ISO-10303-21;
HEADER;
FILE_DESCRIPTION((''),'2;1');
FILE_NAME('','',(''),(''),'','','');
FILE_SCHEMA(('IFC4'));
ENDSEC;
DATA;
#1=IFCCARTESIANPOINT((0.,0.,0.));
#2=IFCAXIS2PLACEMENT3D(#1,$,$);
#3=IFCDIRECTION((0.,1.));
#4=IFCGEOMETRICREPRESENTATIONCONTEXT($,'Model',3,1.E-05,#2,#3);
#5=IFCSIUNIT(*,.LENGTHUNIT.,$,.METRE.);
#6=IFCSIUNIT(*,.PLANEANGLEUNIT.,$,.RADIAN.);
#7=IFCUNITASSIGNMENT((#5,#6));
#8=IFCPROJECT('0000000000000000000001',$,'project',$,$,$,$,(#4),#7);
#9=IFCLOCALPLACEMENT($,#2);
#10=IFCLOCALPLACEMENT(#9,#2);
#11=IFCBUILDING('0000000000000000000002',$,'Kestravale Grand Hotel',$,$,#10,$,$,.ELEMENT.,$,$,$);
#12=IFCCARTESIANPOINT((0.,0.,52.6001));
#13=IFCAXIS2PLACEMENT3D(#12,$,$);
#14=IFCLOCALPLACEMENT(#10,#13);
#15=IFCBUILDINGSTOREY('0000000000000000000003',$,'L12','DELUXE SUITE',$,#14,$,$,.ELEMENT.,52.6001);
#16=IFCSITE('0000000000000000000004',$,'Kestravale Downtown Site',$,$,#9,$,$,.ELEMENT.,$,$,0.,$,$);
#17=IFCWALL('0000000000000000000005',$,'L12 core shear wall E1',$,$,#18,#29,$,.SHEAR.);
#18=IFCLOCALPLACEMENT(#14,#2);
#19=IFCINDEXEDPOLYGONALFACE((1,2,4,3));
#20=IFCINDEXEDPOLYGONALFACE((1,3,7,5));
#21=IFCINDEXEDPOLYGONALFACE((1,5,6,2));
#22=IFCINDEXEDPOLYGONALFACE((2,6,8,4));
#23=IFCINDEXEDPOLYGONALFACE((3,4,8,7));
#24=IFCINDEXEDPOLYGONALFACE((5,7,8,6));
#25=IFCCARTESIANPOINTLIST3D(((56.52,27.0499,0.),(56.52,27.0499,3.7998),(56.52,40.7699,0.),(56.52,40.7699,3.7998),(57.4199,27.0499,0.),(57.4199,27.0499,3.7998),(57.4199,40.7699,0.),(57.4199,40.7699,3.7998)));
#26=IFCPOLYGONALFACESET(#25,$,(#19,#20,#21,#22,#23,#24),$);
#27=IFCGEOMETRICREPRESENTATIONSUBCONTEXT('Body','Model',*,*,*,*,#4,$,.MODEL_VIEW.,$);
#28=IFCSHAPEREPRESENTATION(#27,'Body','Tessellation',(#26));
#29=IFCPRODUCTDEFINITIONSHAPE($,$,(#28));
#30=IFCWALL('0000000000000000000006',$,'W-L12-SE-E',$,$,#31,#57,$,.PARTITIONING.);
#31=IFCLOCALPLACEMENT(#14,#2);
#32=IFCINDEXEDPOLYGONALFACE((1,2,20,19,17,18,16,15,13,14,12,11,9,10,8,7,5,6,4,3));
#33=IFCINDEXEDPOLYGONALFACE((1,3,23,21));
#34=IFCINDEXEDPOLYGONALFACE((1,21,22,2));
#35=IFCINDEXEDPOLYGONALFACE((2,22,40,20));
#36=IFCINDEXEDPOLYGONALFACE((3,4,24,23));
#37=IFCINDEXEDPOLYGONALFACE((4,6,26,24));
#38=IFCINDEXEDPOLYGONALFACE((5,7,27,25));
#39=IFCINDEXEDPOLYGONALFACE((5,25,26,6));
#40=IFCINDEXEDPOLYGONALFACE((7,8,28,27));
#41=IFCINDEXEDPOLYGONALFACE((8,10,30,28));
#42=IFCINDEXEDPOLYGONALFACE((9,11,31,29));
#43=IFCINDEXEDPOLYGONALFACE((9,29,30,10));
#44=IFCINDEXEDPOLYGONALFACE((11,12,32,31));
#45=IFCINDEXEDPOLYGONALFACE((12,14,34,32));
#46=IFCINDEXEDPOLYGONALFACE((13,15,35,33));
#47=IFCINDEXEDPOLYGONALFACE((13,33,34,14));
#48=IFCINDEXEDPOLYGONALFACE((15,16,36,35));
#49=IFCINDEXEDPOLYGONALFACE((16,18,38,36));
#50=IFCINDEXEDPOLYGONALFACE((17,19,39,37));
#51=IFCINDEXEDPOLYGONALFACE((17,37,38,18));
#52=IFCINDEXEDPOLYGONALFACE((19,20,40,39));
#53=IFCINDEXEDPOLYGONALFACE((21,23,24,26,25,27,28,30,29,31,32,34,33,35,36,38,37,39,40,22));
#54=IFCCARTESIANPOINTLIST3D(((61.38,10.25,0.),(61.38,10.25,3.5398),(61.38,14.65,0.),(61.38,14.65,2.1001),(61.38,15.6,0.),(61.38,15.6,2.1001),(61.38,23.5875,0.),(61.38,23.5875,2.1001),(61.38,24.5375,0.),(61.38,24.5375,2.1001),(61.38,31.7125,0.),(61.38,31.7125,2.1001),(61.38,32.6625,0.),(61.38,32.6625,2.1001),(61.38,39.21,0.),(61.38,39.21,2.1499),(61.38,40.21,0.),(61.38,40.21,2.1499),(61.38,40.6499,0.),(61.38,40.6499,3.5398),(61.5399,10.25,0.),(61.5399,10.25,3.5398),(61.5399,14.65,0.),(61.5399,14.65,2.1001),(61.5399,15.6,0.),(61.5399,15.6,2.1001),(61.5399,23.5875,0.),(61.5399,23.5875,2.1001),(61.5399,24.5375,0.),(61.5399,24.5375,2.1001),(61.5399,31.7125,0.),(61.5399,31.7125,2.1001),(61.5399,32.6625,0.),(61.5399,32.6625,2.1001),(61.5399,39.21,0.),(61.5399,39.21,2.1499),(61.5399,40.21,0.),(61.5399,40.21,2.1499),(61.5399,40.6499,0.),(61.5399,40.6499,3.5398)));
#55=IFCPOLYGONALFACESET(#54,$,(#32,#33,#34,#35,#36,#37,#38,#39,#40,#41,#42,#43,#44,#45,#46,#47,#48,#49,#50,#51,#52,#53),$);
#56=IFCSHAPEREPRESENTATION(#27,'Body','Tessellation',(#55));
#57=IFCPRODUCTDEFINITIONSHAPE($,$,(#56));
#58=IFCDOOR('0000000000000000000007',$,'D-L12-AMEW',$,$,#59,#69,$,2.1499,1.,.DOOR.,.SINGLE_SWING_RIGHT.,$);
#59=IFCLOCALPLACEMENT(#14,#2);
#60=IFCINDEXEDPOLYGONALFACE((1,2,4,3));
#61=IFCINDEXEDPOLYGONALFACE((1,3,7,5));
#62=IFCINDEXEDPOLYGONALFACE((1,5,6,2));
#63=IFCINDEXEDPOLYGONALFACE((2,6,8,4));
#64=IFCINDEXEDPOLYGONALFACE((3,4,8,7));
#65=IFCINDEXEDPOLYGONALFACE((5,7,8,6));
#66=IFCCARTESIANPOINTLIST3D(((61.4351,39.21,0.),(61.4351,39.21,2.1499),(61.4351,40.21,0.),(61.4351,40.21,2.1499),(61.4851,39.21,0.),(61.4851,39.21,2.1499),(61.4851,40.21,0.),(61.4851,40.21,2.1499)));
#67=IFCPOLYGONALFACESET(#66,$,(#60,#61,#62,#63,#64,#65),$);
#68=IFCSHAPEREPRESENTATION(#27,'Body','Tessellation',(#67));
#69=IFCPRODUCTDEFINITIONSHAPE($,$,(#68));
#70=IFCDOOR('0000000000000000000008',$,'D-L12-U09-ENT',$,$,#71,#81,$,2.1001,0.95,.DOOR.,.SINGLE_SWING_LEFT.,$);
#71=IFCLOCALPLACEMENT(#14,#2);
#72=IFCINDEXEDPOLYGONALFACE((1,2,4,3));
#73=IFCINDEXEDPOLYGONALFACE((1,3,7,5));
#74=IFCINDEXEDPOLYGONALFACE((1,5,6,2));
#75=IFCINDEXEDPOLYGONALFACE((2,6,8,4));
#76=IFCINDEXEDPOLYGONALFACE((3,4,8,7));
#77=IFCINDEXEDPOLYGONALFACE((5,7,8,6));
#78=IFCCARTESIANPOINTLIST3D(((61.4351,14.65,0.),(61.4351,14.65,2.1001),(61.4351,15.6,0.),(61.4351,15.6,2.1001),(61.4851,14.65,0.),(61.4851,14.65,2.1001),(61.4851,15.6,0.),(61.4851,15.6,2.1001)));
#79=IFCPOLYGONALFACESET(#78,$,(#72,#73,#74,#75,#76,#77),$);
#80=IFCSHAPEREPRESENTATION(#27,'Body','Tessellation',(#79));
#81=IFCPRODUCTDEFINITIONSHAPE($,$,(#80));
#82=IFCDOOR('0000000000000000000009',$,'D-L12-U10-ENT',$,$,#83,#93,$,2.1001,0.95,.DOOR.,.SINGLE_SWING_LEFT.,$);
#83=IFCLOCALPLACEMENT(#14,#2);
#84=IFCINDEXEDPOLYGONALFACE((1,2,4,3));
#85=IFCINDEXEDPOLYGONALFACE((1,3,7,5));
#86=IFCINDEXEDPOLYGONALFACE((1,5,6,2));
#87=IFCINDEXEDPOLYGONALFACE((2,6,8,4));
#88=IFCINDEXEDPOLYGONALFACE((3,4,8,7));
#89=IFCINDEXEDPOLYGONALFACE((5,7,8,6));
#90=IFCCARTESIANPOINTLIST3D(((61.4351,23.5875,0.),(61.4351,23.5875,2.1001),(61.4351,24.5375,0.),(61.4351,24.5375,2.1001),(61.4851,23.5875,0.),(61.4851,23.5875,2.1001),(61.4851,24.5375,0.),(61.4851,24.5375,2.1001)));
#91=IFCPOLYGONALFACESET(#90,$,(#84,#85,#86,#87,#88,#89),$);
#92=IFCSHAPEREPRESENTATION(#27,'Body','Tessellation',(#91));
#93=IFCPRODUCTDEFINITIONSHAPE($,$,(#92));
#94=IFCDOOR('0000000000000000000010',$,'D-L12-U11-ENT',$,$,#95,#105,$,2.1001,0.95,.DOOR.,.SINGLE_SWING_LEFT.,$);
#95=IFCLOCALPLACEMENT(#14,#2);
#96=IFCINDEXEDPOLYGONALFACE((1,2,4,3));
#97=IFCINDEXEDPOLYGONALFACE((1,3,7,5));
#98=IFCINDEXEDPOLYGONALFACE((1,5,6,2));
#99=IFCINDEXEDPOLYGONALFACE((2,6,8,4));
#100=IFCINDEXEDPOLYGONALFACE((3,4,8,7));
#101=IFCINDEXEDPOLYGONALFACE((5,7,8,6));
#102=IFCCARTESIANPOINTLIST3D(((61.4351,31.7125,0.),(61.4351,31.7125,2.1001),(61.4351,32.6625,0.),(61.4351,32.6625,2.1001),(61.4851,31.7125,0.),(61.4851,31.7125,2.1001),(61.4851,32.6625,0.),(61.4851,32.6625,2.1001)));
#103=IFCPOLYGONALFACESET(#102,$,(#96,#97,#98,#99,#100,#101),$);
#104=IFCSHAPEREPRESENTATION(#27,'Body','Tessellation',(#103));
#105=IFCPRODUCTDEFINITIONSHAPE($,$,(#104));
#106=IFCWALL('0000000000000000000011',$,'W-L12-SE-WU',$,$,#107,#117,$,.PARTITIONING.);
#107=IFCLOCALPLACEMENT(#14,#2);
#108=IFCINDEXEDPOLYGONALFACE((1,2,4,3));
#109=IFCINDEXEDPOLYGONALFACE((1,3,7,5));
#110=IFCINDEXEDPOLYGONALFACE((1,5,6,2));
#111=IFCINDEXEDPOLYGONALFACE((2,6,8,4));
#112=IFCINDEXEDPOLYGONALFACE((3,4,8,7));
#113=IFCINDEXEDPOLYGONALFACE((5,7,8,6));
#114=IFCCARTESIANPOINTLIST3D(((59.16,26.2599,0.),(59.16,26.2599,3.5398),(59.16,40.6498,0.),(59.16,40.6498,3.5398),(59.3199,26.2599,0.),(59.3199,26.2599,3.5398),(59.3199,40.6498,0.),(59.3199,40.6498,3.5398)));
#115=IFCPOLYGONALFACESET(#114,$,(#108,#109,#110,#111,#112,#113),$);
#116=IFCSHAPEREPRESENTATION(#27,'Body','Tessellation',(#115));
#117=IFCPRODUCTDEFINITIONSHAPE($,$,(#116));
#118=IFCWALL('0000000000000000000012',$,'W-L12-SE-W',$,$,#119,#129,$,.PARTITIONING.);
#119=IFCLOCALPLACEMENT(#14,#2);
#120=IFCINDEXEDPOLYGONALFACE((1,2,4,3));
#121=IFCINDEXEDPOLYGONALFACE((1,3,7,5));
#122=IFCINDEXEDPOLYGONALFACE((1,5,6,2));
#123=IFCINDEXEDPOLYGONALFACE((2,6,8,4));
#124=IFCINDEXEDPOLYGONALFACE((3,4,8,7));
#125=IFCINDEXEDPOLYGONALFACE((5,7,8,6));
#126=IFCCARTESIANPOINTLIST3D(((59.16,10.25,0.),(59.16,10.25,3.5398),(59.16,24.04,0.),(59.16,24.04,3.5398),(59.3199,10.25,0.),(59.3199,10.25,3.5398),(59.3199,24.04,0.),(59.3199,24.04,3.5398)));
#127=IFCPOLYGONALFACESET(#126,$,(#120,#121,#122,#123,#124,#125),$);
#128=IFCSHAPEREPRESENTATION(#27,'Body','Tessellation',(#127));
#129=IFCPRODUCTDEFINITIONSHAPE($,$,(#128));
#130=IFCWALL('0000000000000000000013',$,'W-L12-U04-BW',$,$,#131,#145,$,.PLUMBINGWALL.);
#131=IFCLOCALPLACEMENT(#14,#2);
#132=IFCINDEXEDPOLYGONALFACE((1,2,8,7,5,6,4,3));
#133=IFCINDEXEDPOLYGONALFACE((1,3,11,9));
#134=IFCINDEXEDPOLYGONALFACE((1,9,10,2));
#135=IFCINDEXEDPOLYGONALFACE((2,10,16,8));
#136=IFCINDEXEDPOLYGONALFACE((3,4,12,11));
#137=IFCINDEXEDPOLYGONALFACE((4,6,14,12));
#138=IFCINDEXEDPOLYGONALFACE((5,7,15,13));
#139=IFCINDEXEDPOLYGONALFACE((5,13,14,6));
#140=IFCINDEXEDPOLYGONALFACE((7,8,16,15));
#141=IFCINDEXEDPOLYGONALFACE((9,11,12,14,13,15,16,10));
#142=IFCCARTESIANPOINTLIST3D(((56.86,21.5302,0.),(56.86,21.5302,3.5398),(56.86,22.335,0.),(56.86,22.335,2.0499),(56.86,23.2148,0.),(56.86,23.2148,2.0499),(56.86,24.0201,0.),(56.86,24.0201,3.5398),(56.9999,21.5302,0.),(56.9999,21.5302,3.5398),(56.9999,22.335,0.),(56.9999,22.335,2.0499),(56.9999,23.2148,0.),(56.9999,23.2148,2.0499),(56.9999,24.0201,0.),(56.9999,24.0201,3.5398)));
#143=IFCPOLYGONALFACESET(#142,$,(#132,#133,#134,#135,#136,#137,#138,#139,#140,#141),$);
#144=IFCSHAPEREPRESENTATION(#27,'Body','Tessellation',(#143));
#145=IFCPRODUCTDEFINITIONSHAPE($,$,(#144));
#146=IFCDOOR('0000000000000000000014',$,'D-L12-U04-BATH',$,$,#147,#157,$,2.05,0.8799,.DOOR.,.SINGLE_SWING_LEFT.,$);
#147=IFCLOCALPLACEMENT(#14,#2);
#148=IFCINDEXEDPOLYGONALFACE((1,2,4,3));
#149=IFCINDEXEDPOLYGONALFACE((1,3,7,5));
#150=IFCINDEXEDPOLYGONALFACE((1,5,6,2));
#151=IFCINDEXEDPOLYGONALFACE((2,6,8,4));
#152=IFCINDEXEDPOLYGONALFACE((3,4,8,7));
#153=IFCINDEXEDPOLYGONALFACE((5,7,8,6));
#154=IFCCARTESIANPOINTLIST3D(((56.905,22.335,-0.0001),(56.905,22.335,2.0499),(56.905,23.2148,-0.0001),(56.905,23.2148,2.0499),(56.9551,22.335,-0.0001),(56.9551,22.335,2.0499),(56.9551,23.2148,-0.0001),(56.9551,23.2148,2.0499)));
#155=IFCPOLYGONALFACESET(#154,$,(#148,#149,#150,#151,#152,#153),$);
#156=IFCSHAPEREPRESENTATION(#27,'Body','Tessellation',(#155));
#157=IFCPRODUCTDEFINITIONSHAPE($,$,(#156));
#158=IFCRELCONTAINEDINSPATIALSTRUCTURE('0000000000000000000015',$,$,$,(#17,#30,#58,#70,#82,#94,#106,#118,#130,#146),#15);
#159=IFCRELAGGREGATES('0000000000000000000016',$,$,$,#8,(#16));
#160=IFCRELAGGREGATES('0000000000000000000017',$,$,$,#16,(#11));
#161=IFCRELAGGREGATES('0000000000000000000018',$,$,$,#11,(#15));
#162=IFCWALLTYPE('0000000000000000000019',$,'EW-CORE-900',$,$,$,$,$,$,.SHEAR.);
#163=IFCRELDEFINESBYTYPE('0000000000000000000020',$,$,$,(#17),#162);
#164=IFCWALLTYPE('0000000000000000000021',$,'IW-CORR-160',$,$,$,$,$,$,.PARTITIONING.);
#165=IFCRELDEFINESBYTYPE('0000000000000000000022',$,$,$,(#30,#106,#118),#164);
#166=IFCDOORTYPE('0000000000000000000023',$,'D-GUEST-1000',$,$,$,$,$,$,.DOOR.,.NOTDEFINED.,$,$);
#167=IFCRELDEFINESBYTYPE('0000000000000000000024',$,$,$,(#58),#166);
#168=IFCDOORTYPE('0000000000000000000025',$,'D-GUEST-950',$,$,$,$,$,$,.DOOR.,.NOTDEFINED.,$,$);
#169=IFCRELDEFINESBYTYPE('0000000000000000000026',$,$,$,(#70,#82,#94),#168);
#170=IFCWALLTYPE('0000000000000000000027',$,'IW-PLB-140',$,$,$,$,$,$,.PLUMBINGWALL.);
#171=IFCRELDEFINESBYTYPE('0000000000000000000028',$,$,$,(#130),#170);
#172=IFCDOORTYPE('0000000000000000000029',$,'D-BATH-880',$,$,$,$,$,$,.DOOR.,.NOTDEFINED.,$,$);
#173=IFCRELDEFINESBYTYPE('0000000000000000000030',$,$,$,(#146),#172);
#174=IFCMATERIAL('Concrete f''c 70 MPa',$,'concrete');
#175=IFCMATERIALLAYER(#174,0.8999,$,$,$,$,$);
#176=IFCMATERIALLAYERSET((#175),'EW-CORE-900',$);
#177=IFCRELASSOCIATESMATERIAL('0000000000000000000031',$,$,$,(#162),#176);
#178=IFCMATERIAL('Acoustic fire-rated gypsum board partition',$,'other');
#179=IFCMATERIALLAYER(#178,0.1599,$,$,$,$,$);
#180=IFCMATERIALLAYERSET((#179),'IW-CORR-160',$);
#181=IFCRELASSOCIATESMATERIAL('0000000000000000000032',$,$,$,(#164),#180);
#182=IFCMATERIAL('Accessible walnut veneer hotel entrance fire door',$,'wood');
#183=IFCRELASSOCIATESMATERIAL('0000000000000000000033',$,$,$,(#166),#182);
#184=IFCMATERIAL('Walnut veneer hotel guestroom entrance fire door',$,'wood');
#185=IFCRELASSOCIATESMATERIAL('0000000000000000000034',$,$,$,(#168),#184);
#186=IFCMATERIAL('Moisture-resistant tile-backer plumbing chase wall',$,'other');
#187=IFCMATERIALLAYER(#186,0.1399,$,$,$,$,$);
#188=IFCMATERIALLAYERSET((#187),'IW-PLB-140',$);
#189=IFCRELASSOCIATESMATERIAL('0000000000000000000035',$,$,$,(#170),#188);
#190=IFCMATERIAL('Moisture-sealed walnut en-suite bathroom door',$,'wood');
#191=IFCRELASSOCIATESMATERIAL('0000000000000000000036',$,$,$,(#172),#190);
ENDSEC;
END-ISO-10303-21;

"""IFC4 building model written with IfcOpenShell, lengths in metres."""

from ifc_helpers import new_model, si_unit, direction, frame, frame_2d, origin, place, context, subcontext, project, spatial, rectangle, extrude, material, layer, layer_set, type_object, element, fill, save


model = new_model("IFC4")

# Units and contexts
model_context = context("Model", 3, precision=1e-05, world=origin(), true_north=direction((0.0, 1.0)))
body_context = subcontext(model_context, "Body", "Model", "MODEL_VIEW")
ifc_project = project(units=[si_unit("LENGTHUNIT", "METRE"), si_unit("PLANEANGLEUNIT", "RADIAN")], contexts=[model_context])

# Site, building, storey
site_placement = place(None, origin())
site = spatial("IfcSite", under=ifc_project, at=site_placement, Name="Kestravale Downtown Site", CompositionType="ELEMENT", RefElevation=0.0)
building_placement = place(site_placement, origin())
building = spatial("IfcBuilding", under=site, at=building_placement, Name="Kestravale Grand Hotel", CompositionType="ELEMENT")
storey_placement = place(building_placement, frame((0.0, 0.0, 52.6001)))
storey = spatial("IfcBuildingStorey", under=building, at=storey_placement, Name="L12", Description="DELUXE SUITE", CompositionType="ELEMENT", Elevation=52.6001)

# Wall
ifc_material_1 = material(Name="Concrete f'c 70 MPa", Category="concrete")
ifc_layer_1 = layer(ifc_material_1, 0.8999)
ifc_layer_set_1 = layer_set([ifc_layer_1], Name="EW-CORE-900")
wall_type_1 = type_object("IfcWallType", Name="EW-CORE-900", PredefinedType="SHEAR", material=ifc_layer_set_1)
wall_1_placement = place(storey_placement, frame((56.97, 27.05, 0.0), z_axis=(0.0, 0.0, 1.0), x_axis=(0.0, 1.0, 0.0)))
element("IfcWall", 1, at=wall_1_placement, inside=storey, type_object=wall_type_1, Name="L12 core shear wall E1", PredefinedType="SHEAR", context=body_context, shape_type="SweptSolid", body=[
    extrude(rectangle(XDim=13.72, YDim=0.8999, at=frame_2d((6.8599, 0.0))), origin(), (0.0, 0.0, 1.0), 3.7998),
])

# Wall, openings, doors
ifc_material_2 = material(Name="Acoustic fire-rated gypsum board partition", Category="other")
ifc_layer_2 = layer(ifc_material_2, 0.1599)
ifc_layer_set_2 = layer_set([ifc_layer_2], Name="IW-CORR-160")
wall_type_2 = type_object("IfcWallType", Name="IW-CORR-160", PredefinedType="PARTITIONING", material=ifc_layer_set_2)
wall_2_placement = place(storey_placement, frame((61.46, 10.25, 0.0), z_axis=(0.0, 0.0, 1.0), x_axis=(0.0, 1.0, 0.0)))
wall_2 = element("IfcWall", 2, at=wall_2_placement, inside=storey, type_object=wall_type_2, Name="W-L12-SE-E", PredefinedType="PARTITIONING", context=body_context, shape_type="SweptSolid", body=[
    extrude(rectangle(XDim=30.3999, YDim=0.1599, at=frame_2d((15.2, 0.0))), origin(), (0.0, 0.0, 1.0), 3.5398),
])
opening_1_placement = place(wall_2_placement, frame((4.3999, 0.0, 0.0)))
opening_1 = element("IfcOpeningElement", 3, at=opening_1_placement, cuts=wall_2, PredefinedType="OPENING", context=body_context, shape_type="SweptSolid", body=[
    extrude(rectangle(XDim=0.95, YDim=2.1001, at=frame_2d((0.4751, 1.05))), frame((0.0, 0.0898, 0.0), z_axis=(0.0, -1.0, 0.0), x_axis=(1.0, 0.0, 0.0)), (0.0, 0.0, 1.0), 0.1799),
])
opening_2_placement = place(wall_2_placement, frame((13.3374, 0.0, 0.0)))
opening_2 = element("IfcOpeningElement", 4, at=opening_2_placement, cuts=wall_2, PredefinedType="OPENING", context=body_context, shape_type="SweptSolid", body=[
    extrude(rectangle(XDim=0.95, YDim=2.1001, at=frame_2d((0.4751, 1.05))), frame((0.0, 0.0898, 0.0), z_axis=(0.0, -1.0, 0.0), x_axis=(1.0, 0.0, 0.0)), (0.0, 0.0, 1.0), 0.1799),
])
opening_3_placement = place(wall_2_placement, frame((21.4624, 0.0, 0.0)))
opening_3 = element("IfcOpeningElement", 5, at=opening_3_placement, cuts=wall_2, PredefinedType="OPENING", context=body_context, shape_type="SweptSolid", body=[
    extrude(rectangle(XDim=0.95, YDim=2.1001, at=frame_2d((0.4751, 1.05))), frame((0.0, 0.0898, 0.0), z_axis=(0.0, -1.0, 0.0), x_axis=(1.0, 0.0, 0.0)), (0.0, 0.0, 1.0), 0.1799),
])
opening_4_placement = place(wall_2_placement, frame((28.96, 0.0, 0.0)))
opening_4 = element("IfcOpeningElement", 6, at=opening_4_placement, cuts=wall_2, PredefinedType="OPENING", context=body_context, shape_type="SweptSolid", body=[
    extrude(rectangle(XDim=1.0, YDim=2.1499, at=frame_2d((0.5, 1.075))), frame((0.0, 0.0898, 0.0), z_axis=(0.0, -1.0, 0.0), x_axis=(1.0, 0.0, 0.0)), (0.0, 0.0, 1.0), 0.1799),
])
ifc_material_3 = material(Name="Accessible walnut veneer hotel entrance fire door", Category="wood")
door_type_1 = type_object("IfcDoorType", Name="D-GUEST-1000", OperationType="NOTDEFINED", PredefinedType="DOOR", material=ifc_material_3)
door_1_placement = place(opening_4_placement, origin())
door_1 = element("IfcDoor", 7, at=door_1_placement, inside=storey, type_object=door_type_1, Name="D-L12-AMEW", OperationType="SINGLE_SWING_RIGHT", OverallHeight=2.1499, OverallWidth=1.0, PredefinedType="DOOR", context=body_context, shape_type="SweptSolid", body=[
    extrude(rectangle(XDim=1.0, YDim=2.1499, at=frame_2d((0.5, 1.075))), frame((0.0, 0.0249, 0.0), z_axis=(0.0, -1.0, 0.0), x_axis=(1.0, 0.0, 0.0)), (0.0, 0.0, 1.0), 0.05),
])
fill(opening_4, door_1)
ifc_material_4 = material(Name="Walnut veneer hotel guestroom entrance fire door", Category="wood")
door_type_2 = type_object("IfcDoorType", Name="D-GUEST-950", OperationType="NOTDEFINED", PredefinedType="DOOR", material=ifc_material_4)
door_2_placement = place(opening_1_placement, origin())
door_2 = element("IfcDoor", 8, at=door_2_placement, inside=storey, type_object=door_type_2, Name="D-L12-U09-ENT", OperationType="SINGLE_SWING_LEFT", OverallHeight=2.1001, OverallWidth=0.95, PredefinedType="DOOR", context=body_context, shape_type="SweptSolid", body=[
    extrude(rectangle(XDim=0.95, YDim=2.1001, at=frame_2d((0.4751, 1.05))), frame((0.0, 0.0249, 0.0), z_axis=(0.0, -1.0, 0.0), x_axis=(1.0, 0.0, 0.0)), (0.0, 0.0, 1.0), 0.05),
])
fill(opening_1, door_2)
door_3_placement = place(opening_2_placement, origin())
door_3 = element("IfcDoor", 9, at=door_3_placement, inside=storey, type_object=door_type_2, Name="D-L12-U10-ENT", OperationType="SINGLE_SWING_LEFT", OverallHeight=2.1001, OverallWidth=0.95, PredefinedType="DOOR", context=body_context, shape_type="SweptSolid", body=[
    extrude(rectangle(XDim=0.95, YDim=2.1001, at=frame_2d((0.4751, 1.05))), frame((0.0, 0.0249, 0.0), z_axis=(0.0, -1.0, 0.0), x_axis=(1.0, 0.0, 0.0)), (0.0, 0.0, 1.0), 0.05),
])
fill(opening_2, door_3)
door_4_placement = place(opening_3_placement, origin())
door_4 = element("IfcDoor", 10, at=door_4_placement, inside=storey, type_object=door_type_2, Name="D-L12-U11-ENT", OperationType="SINGLE_SWING_LEFT", OverallHeight=2.1001, OverallWidth=0.95, PredefinedType="DOOR", context=body_context, shape_type="SweptSolid", body=[
    extrude(rectangle(XDim=0.95, YDim=2.1001, at=frame_2d((0.4751, 1.05))), frame((0.0, 0.0249, 0.0), z_axis=(0.0, -1.0, 0.0), x_axis=(1.0, 0.0, 0.0)), (0.0, 0.0, 1.0), 0.05),
])
fill(opening_3, door_4)

# Walls
wall_3_placement = place(storey_placement, frame((59.24, 26.26, 0.0), z_axis=(0.0, 0.0, 1.0), x_axis=(0.0, 1.0, 0.0)))
element("IfcWall", 11, at=wall_3_placement, inside=storey, type_object=wall_type_2, Name="W-L12-SE-WU", PredefinedType="PARTITIONING", context=body_context, shape_type="SweptSolid", body=[
    extrude(rectangle(XDim=14.3899, YDim=0.1599, at=frame_2d((7.1948, 0.0))), origin(), (0.0, 0.0, 1.0), 3.5398),
])
wall_4_placement = place(storey_placement, frame((59.24, 10.25, 0.0), z_axis=(0.0, 0.0, 1.0), x_axis=(0.0, 1.0, 0.0)))
element("IfcWall", 12, at=wall_4_placement, inside=storey, type_object=wall_type_2, Name="W-L12-SE-W", PredefinedType="PARTITIONING", context=body_context, shape_type="SweptSolid", body=[
    extrude(rectangle(XDim=13.79, YDim=0.1599, at=frame_2d((6.895, 0.0))), origin(), (0.0, 0.0, 1.0), 3.5398),
])

# Wall, opening, door
ifc_material_5 = material(Name="Moisture-resistant tile-backer plumbing chase wall", Category="other")
ifc_layer_3 = layer(ifc_material_5, 0.1399)
ifc_layer_set_3 = layer_set([ifc_layer_3], Name="IW-PLB-140")
wall_type_3 = type_object("IfcWallType", Name="IW-PLB-140", PredefinedType="PLUMBINGWALL", material=ifc_layer_set_3)
wall_5_placement = place(storey_placement, frame((56.9299, 21.53, 0.0), z_axis=(0.0, 0.0, 1.0), x_axis=(0.0, 1.0, 0.0)))
wall_5 = element("IfcWall", 13, at=wall_5_placement, inside=storey, type_object=wall_type_3, Name="W-L12-U04-BW", PredefinedType="PLUMBINGWALL", context=body_context, shape_type="SweptSolid", body=[
    extrude(rectangle(XDim=2.49, YDim=0.1399, at=frame_2d((1.2451, 0.0))), origin(), (0.0, 0.0, 1.0), 3.5398),
])
opening_5_placement = place(wall_5_placement, frame((0.8049, 0.0, 0.0)))
opening_5 = element("IfcOpeningElement", 14, at=opening_5_placement, cuts=wall_5, PredefinedType="OPENING", context=body_context, shape_type="SweptSolid", body=[
    extrude(rectangle(XDim=0.8799, YDim=2.05, at=frame_2d((0.4399, 1.0249))), frame((0.0, 0.0798, 0.0), z_axis=(0.0, -1.0, 0.0), x_axis=(1.0, 0.0, 0.0)), (0.0, 0.0, 1.0), 0.1599),
])
ifc_material_6 = material(Name="Moisture-sealed walnut en-suite bathroom door", Category="wood")
door_type_3 = type_object("IfcDoorType", Name="D-BATH-880", OperationType="NOTDEFINED", PredefinedType="DOOR", material=ifc_material_6)
door_5_placement = place(opening_5_placement, origin())
door_5 = element("IfcDoor", 15, at=door_5_placement, inside=storey, type_object=door_type_3, Name="D-L12-U04-BATH", OperationType="SINGLE_SWING_LEFT", OverallHeight=2.05, OverallWidth=0.8799, PredefinedType="DOOR", context=body_context, shape_type="SweptSolid", body=[
    extrude(rectangle(XDim=0.8799, YDim=2.05, at=frame_2d((0.4399, 1.0249))), frame((0.0, 0.0249, 0.0), z_axis=(0.0, -1.0, 0.0), x_axis=(1.0, 0.0, 0.0)), (0.0, 0.0, 1.0), 0.05),
])
fill(opening_5, door_5)

save(model, "model.ifc")
